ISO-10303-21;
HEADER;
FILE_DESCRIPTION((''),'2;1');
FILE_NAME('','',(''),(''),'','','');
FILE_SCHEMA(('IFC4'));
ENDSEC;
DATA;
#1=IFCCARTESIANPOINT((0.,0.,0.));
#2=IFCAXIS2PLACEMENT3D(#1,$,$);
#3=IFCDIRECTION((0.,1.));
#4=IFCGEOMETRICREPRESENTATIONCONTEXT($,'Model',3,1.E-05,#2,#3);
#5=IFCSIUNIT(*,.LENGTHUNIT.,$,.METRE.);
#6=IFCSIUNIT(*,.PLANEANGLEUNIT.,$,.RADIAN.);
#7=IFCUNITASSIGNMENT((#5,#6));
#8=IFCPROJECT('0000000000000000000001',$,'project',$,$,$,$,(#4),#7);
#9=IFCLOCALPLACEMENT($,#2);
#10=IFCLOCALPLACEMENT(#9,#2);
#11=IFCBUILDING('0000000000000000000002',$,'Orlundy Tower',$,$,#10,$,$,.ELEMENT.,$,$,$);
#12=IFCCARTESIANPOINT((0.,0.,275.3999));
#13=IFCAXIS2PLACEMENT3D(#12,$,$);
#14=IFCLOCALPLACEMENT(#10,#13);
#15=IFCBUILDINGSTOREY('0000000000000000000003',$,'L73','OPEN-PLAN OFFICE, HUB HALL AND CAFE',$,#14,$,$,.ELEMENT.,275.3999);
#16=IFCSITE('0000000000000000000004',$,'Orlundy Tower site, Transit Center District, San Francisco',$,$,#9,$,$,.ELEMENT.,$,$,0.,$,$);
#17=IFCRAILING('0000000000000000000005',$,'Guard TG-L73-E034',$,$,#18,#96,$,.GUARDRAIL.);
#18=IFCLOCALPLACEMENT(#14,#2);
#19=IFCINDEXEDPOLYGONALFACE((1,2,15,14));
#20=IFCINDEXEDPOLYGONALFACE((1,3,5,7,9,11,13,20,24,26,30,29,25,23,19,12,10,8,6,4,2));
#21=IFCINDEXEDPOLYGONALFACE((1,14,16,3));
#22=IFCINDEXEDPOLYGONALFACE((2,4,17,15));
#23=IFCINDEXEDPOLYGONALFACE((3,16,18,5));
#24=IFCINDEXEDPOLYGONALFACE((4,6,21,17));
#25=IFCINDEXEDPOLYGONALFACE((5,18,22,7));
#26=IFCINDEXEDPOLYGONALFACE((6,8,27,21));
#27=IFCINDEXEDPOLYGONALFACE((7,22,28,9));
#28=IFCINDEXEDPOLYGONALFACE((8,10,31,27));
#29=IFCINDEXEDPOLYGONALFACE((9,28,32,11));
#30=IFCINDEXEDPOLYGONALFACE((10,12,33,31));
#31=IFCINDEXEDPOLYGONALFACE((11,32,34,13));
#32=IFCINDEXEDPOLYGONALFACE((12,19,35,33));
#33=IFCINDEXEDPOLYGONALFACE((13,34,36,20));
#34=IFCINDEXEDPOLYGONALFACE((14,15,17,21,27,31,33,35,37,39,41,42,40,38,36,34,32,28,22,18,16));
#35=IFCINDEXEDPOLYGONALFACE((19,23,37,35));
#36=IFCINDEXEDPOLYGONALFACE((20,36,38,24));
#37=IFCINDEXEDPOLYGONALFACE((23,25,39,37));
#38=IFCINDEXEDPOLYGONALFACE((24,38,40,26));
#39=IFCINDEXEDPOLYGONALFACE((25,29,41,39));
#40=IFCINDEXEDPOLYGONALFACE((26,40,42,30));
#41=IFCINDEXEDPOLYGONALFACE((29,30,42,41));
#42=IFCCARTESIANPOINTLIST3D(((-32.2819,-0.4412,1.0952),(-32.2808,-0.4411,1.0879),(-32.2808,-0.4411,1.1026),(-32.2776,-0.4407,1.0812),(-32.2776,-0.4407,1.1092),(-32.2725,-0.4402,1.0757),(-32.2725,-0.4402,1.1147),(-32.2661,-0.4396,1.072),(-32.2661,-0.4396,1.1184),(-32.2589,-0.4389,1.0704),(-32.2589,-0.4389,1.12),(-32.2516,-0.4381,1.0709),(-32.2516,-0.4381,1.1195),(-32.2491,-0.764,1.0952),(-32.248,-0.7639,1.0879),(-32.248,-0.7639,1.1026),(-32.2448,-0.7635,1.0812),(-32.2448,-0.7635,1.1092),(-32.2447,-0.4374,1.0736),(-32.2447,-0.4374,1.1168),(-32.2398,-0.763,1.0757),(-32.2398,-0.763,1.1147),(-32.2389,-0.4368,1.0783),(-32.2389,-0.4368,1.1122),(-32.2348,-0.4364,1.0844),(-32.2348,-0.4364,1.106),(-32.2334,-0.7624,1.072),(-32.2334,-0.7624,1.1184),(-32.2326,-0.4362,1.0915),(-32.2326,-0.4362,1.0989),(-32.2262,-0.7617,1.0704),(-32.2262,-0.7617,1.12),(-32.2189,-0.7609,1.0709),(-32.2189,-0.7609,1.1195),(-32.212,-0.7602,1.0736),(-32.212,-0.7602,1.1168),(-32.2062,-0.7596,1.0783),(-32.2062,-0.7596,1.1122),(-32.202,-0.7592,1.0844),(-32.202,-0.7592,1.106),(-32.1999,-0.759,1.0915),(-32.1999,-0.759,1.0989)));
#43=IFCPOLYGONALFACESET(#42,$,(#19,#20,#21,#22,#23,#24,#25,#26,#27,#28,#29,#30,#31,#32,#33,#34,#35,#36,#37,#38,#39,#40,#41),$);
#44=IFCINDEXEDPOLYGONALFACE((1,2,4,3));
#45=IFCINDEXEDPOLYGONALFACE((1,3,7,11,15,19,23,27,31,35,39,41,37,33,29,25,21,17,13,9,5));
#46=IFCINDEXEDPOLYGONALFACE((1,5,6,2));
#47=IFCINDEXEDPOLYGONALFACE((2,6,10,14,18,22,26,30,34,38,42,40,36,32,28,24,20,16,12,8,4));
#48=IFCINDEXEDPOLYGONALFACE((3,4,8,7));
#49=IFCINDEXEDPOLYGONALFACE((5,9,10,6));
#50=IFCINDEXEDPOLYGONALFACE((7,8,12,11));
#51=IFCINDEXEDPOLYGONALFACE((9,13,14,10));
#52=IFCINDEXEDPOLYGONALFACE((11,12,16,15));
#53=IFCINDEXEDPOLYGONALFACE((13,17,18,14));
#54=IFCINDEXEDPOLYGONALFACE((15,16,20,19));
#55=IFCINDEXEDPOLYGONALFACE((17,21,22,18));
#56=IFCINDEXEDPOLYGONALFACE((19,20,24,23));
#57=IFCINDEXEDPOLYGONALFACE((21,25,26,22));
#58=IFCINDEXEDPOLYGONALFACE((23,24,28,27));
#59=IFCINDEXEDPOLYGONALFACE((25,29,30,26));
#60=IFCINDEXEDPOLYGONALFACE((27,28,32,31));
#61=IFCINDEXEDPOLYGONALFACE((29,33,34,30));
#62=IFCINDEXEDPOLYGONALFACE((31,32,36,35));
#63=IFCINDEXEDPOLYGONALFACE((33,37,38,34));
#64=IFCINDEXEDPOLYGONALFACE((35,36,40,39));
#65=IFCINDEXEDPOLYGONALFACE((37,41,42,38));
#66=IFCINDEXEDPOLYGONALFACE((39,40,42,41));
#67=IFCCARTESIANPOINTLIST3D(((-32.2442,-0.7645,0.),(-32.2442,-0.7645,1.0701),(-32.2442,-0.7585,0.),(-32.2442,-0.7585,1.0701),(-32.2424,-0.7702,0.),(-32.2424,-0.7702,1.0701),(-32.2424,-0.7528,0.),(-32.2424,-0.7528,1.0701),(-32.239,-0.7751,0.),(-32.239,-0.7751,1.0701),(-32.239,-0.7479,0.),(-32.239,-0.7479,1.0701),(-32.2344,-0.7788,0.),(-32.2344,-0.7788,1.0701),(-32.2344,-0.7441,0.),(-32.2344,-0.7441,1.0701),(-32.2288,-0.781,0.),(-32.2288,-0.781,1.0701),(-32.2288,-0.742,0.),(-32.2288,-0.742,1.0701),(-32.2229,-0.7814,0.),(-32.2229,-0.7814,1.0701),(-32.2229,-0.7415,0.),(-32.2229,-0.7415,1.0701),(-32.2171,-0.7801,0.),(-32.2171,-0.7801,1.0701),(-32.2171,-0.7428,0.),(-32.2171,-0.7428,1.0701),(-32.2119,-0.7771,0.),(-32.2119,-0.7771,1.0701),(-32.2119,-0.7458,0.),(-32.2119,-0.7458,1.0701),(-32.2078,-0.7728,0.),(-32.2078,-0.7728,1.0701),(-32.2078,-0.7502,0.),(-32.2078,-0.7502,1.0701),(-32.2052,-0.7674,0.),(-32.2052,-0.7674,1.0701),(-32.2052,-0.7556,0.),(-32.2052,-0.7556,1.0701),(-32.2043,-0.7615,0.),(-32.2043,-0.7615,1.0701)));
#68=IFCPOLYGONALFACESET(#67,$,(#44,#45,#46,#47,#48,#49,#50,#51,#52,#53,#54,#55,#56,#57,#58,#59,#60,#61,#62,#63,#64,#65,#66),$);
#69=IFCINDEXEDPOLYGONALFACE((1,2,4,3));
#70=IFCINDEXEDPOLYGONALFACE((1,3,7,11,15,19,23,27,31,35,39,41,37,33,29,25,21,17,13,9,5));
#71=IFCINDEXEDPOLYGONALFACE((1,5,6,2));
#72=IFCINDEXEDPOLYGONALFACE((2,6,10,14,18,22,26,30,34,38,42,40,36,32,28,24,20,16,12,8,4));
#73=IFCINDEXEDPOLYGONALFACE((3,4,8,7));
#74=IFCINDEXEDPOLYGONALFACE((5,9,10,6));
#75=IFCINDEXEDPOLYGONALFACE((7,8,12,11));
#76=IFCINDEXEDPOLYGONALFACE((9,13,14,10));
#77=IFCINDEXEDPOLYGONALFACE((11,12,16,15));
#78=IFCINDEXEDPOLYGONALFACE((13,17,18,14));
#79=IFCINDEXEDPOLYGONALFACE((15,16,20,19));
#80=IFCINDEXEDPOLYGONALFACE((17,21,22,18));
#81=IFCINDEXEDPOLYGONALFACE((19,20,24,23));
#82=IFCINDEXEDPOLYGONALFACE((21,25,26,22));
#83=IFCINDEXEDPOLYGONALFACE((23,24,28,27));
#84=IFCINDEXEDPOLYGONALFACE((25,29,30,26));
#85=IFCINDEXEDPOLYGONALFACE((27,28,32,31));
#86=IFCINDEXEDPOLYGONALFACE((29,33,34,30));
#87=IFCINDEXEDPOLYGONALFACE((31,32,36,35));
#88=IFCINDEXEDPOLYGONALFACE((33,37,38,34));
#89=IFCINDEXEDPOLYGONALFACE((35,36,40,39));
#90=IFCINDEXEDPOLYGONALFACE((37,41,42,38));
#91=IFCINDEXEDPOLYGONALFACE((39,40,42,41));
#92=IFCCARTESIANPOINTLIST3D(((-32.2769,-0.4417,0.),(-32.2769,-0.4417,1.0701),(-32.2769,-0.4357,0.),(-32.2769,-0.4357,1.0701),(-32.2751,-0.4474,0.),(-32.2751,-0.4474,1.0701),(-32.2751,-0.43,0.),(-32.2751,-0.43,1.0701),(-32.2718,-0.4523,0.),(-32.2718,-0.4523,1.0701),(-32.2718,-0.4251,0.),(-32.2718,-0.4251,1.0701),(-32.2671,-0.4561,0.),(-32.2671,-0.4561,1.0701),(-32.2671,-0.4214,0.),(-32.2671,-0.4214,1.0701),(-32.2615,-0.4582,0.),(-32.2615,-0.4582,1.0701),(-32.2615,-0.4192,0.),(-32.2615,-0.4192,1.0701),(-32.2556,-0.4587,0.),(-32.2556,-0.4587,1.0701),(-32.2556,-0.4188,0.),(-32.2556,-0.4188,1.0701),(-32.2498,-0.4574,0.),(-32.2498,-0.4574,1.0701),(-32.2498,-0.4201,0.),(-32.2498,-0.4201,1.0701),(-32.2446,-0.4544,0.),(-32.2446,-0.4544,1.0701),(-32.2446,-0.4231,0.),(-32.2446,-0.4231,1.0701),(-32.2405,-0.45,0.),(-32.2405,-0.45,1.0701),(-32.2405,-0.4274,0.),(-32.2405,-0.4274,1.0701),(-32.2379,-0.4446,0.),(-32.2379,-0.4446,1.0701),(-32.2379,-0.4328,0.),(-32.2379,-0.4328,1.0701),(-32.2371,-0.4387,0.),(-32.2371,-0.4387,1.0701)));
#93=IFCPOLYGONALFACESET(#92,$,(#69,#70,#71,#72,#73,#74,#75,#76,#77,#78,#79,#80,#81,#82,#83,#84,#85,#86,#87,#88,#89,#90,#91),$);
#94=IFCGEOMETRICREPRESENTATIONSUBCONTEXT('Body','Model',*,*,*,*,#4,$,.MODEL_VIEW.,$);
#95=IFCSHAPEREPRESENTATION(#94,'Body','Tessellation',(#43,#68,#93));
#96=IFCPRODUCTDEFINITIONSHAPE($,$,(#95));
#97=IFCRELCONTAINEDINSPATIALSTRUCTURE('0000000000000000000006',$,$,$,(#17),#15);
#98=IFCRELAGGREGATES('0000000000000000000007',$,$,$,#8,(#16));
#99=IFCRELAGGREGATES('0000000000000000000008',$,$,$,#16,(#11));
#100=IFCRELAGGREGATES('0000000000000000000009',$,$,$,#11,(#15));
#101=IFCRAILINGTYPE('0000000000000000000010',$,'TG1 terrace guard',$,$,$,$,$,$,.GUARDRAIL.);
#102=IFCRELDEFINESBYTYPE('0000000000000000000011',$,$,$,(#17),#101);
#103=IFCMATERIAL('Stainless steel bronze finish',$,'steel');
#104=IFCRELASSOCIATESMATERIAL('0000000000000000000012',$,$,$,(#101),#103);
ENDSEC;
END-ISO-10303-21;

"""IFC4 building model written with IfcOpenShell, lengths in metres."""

from ifc_helpers import new_model, si_unit, direction, frame, origin, origin_2d, place, context, subcontext, project, spatial, circle, extrude, material, type_object, element, save


model = new_model("IFC4")

# Units and contexts
model_context = context("Model", 3, precision=1e-05, world=origin(), true_north=direction((0.0, 1.0)))
body_context = subcontext(model_context, "Body", "Model", "MODEL_VIEW")
ifc_project = project(units=[si_unit("LENGTHUNIT", "METRE"), si_unit("PLANEANGLEUNIT", "RADIAN")], contexts=[model_context])

# Site, building, storey
site_placement = place(None, origin())
site = spatial("IfcSite", under=ifc_project, at=site_placement, Name="Orlundy Tower site, Transit Center District, San Francisco", CompositionType="ELEMENT", RefElevation=0.0)
building_placement = place(site_placement, origin())
building = spatial("IfcBuilding", under=site, at=building_placement, Name="Orlundy Tower", CompositionType="ELEMENT")
storey_placement = place(building_placement, frame((0.0, 0.0, 275.3999)))
storey = spatial("IfcBuildingStorey", under=building, at=storey_placement, Name="L73", Description="OPEN-PLAN OFFICE, HUB HALL AND CAFE", CompositionType="ELEMENT", Elevation=275.3999)

# Railing
ifc_material_1 = material(Name="Stainless steel bronze finish", Category="steel")
railing_type = type_object("IfcRailingType", Name="TG1 terrace guard", PredefinedType="GUARDRAIL", material=ifc_material_1)
railing_1_placement = place(storey_placement, frame((-32.2244, -0.7615, 0.0)))
element("IfcRailing", 1, at=railing_1_placement, inside=storey, type_object=railing_type, Name="Guard TG-L73-E034", PredefinedType="GUARDRAIL", context=body_context, shape_type="SweptSolid", body=[
    extrude(circle(Radius=0.0249, at=origin_2d()), frame((0.0, 0.0, 1.0952), z_axis=(-0.100845, 0.994902, 0.0), x_axis=(-0.994902, -0.100845, 0.0)), (0.0, 0.0, 1.0), 0.3245),
    extrude(circle(Radius=0.02, at=origin_2d()), origin(), (0.0, 0.0, 1.0), 1.0701),
    extrude(circle(Radius=0.02, at=origin_2d()), frame((-0.0327, 0.3228, 0.0)), (0.0, 0.0, 1.0), 1.0701),
])

save(model, "model.ifc")
